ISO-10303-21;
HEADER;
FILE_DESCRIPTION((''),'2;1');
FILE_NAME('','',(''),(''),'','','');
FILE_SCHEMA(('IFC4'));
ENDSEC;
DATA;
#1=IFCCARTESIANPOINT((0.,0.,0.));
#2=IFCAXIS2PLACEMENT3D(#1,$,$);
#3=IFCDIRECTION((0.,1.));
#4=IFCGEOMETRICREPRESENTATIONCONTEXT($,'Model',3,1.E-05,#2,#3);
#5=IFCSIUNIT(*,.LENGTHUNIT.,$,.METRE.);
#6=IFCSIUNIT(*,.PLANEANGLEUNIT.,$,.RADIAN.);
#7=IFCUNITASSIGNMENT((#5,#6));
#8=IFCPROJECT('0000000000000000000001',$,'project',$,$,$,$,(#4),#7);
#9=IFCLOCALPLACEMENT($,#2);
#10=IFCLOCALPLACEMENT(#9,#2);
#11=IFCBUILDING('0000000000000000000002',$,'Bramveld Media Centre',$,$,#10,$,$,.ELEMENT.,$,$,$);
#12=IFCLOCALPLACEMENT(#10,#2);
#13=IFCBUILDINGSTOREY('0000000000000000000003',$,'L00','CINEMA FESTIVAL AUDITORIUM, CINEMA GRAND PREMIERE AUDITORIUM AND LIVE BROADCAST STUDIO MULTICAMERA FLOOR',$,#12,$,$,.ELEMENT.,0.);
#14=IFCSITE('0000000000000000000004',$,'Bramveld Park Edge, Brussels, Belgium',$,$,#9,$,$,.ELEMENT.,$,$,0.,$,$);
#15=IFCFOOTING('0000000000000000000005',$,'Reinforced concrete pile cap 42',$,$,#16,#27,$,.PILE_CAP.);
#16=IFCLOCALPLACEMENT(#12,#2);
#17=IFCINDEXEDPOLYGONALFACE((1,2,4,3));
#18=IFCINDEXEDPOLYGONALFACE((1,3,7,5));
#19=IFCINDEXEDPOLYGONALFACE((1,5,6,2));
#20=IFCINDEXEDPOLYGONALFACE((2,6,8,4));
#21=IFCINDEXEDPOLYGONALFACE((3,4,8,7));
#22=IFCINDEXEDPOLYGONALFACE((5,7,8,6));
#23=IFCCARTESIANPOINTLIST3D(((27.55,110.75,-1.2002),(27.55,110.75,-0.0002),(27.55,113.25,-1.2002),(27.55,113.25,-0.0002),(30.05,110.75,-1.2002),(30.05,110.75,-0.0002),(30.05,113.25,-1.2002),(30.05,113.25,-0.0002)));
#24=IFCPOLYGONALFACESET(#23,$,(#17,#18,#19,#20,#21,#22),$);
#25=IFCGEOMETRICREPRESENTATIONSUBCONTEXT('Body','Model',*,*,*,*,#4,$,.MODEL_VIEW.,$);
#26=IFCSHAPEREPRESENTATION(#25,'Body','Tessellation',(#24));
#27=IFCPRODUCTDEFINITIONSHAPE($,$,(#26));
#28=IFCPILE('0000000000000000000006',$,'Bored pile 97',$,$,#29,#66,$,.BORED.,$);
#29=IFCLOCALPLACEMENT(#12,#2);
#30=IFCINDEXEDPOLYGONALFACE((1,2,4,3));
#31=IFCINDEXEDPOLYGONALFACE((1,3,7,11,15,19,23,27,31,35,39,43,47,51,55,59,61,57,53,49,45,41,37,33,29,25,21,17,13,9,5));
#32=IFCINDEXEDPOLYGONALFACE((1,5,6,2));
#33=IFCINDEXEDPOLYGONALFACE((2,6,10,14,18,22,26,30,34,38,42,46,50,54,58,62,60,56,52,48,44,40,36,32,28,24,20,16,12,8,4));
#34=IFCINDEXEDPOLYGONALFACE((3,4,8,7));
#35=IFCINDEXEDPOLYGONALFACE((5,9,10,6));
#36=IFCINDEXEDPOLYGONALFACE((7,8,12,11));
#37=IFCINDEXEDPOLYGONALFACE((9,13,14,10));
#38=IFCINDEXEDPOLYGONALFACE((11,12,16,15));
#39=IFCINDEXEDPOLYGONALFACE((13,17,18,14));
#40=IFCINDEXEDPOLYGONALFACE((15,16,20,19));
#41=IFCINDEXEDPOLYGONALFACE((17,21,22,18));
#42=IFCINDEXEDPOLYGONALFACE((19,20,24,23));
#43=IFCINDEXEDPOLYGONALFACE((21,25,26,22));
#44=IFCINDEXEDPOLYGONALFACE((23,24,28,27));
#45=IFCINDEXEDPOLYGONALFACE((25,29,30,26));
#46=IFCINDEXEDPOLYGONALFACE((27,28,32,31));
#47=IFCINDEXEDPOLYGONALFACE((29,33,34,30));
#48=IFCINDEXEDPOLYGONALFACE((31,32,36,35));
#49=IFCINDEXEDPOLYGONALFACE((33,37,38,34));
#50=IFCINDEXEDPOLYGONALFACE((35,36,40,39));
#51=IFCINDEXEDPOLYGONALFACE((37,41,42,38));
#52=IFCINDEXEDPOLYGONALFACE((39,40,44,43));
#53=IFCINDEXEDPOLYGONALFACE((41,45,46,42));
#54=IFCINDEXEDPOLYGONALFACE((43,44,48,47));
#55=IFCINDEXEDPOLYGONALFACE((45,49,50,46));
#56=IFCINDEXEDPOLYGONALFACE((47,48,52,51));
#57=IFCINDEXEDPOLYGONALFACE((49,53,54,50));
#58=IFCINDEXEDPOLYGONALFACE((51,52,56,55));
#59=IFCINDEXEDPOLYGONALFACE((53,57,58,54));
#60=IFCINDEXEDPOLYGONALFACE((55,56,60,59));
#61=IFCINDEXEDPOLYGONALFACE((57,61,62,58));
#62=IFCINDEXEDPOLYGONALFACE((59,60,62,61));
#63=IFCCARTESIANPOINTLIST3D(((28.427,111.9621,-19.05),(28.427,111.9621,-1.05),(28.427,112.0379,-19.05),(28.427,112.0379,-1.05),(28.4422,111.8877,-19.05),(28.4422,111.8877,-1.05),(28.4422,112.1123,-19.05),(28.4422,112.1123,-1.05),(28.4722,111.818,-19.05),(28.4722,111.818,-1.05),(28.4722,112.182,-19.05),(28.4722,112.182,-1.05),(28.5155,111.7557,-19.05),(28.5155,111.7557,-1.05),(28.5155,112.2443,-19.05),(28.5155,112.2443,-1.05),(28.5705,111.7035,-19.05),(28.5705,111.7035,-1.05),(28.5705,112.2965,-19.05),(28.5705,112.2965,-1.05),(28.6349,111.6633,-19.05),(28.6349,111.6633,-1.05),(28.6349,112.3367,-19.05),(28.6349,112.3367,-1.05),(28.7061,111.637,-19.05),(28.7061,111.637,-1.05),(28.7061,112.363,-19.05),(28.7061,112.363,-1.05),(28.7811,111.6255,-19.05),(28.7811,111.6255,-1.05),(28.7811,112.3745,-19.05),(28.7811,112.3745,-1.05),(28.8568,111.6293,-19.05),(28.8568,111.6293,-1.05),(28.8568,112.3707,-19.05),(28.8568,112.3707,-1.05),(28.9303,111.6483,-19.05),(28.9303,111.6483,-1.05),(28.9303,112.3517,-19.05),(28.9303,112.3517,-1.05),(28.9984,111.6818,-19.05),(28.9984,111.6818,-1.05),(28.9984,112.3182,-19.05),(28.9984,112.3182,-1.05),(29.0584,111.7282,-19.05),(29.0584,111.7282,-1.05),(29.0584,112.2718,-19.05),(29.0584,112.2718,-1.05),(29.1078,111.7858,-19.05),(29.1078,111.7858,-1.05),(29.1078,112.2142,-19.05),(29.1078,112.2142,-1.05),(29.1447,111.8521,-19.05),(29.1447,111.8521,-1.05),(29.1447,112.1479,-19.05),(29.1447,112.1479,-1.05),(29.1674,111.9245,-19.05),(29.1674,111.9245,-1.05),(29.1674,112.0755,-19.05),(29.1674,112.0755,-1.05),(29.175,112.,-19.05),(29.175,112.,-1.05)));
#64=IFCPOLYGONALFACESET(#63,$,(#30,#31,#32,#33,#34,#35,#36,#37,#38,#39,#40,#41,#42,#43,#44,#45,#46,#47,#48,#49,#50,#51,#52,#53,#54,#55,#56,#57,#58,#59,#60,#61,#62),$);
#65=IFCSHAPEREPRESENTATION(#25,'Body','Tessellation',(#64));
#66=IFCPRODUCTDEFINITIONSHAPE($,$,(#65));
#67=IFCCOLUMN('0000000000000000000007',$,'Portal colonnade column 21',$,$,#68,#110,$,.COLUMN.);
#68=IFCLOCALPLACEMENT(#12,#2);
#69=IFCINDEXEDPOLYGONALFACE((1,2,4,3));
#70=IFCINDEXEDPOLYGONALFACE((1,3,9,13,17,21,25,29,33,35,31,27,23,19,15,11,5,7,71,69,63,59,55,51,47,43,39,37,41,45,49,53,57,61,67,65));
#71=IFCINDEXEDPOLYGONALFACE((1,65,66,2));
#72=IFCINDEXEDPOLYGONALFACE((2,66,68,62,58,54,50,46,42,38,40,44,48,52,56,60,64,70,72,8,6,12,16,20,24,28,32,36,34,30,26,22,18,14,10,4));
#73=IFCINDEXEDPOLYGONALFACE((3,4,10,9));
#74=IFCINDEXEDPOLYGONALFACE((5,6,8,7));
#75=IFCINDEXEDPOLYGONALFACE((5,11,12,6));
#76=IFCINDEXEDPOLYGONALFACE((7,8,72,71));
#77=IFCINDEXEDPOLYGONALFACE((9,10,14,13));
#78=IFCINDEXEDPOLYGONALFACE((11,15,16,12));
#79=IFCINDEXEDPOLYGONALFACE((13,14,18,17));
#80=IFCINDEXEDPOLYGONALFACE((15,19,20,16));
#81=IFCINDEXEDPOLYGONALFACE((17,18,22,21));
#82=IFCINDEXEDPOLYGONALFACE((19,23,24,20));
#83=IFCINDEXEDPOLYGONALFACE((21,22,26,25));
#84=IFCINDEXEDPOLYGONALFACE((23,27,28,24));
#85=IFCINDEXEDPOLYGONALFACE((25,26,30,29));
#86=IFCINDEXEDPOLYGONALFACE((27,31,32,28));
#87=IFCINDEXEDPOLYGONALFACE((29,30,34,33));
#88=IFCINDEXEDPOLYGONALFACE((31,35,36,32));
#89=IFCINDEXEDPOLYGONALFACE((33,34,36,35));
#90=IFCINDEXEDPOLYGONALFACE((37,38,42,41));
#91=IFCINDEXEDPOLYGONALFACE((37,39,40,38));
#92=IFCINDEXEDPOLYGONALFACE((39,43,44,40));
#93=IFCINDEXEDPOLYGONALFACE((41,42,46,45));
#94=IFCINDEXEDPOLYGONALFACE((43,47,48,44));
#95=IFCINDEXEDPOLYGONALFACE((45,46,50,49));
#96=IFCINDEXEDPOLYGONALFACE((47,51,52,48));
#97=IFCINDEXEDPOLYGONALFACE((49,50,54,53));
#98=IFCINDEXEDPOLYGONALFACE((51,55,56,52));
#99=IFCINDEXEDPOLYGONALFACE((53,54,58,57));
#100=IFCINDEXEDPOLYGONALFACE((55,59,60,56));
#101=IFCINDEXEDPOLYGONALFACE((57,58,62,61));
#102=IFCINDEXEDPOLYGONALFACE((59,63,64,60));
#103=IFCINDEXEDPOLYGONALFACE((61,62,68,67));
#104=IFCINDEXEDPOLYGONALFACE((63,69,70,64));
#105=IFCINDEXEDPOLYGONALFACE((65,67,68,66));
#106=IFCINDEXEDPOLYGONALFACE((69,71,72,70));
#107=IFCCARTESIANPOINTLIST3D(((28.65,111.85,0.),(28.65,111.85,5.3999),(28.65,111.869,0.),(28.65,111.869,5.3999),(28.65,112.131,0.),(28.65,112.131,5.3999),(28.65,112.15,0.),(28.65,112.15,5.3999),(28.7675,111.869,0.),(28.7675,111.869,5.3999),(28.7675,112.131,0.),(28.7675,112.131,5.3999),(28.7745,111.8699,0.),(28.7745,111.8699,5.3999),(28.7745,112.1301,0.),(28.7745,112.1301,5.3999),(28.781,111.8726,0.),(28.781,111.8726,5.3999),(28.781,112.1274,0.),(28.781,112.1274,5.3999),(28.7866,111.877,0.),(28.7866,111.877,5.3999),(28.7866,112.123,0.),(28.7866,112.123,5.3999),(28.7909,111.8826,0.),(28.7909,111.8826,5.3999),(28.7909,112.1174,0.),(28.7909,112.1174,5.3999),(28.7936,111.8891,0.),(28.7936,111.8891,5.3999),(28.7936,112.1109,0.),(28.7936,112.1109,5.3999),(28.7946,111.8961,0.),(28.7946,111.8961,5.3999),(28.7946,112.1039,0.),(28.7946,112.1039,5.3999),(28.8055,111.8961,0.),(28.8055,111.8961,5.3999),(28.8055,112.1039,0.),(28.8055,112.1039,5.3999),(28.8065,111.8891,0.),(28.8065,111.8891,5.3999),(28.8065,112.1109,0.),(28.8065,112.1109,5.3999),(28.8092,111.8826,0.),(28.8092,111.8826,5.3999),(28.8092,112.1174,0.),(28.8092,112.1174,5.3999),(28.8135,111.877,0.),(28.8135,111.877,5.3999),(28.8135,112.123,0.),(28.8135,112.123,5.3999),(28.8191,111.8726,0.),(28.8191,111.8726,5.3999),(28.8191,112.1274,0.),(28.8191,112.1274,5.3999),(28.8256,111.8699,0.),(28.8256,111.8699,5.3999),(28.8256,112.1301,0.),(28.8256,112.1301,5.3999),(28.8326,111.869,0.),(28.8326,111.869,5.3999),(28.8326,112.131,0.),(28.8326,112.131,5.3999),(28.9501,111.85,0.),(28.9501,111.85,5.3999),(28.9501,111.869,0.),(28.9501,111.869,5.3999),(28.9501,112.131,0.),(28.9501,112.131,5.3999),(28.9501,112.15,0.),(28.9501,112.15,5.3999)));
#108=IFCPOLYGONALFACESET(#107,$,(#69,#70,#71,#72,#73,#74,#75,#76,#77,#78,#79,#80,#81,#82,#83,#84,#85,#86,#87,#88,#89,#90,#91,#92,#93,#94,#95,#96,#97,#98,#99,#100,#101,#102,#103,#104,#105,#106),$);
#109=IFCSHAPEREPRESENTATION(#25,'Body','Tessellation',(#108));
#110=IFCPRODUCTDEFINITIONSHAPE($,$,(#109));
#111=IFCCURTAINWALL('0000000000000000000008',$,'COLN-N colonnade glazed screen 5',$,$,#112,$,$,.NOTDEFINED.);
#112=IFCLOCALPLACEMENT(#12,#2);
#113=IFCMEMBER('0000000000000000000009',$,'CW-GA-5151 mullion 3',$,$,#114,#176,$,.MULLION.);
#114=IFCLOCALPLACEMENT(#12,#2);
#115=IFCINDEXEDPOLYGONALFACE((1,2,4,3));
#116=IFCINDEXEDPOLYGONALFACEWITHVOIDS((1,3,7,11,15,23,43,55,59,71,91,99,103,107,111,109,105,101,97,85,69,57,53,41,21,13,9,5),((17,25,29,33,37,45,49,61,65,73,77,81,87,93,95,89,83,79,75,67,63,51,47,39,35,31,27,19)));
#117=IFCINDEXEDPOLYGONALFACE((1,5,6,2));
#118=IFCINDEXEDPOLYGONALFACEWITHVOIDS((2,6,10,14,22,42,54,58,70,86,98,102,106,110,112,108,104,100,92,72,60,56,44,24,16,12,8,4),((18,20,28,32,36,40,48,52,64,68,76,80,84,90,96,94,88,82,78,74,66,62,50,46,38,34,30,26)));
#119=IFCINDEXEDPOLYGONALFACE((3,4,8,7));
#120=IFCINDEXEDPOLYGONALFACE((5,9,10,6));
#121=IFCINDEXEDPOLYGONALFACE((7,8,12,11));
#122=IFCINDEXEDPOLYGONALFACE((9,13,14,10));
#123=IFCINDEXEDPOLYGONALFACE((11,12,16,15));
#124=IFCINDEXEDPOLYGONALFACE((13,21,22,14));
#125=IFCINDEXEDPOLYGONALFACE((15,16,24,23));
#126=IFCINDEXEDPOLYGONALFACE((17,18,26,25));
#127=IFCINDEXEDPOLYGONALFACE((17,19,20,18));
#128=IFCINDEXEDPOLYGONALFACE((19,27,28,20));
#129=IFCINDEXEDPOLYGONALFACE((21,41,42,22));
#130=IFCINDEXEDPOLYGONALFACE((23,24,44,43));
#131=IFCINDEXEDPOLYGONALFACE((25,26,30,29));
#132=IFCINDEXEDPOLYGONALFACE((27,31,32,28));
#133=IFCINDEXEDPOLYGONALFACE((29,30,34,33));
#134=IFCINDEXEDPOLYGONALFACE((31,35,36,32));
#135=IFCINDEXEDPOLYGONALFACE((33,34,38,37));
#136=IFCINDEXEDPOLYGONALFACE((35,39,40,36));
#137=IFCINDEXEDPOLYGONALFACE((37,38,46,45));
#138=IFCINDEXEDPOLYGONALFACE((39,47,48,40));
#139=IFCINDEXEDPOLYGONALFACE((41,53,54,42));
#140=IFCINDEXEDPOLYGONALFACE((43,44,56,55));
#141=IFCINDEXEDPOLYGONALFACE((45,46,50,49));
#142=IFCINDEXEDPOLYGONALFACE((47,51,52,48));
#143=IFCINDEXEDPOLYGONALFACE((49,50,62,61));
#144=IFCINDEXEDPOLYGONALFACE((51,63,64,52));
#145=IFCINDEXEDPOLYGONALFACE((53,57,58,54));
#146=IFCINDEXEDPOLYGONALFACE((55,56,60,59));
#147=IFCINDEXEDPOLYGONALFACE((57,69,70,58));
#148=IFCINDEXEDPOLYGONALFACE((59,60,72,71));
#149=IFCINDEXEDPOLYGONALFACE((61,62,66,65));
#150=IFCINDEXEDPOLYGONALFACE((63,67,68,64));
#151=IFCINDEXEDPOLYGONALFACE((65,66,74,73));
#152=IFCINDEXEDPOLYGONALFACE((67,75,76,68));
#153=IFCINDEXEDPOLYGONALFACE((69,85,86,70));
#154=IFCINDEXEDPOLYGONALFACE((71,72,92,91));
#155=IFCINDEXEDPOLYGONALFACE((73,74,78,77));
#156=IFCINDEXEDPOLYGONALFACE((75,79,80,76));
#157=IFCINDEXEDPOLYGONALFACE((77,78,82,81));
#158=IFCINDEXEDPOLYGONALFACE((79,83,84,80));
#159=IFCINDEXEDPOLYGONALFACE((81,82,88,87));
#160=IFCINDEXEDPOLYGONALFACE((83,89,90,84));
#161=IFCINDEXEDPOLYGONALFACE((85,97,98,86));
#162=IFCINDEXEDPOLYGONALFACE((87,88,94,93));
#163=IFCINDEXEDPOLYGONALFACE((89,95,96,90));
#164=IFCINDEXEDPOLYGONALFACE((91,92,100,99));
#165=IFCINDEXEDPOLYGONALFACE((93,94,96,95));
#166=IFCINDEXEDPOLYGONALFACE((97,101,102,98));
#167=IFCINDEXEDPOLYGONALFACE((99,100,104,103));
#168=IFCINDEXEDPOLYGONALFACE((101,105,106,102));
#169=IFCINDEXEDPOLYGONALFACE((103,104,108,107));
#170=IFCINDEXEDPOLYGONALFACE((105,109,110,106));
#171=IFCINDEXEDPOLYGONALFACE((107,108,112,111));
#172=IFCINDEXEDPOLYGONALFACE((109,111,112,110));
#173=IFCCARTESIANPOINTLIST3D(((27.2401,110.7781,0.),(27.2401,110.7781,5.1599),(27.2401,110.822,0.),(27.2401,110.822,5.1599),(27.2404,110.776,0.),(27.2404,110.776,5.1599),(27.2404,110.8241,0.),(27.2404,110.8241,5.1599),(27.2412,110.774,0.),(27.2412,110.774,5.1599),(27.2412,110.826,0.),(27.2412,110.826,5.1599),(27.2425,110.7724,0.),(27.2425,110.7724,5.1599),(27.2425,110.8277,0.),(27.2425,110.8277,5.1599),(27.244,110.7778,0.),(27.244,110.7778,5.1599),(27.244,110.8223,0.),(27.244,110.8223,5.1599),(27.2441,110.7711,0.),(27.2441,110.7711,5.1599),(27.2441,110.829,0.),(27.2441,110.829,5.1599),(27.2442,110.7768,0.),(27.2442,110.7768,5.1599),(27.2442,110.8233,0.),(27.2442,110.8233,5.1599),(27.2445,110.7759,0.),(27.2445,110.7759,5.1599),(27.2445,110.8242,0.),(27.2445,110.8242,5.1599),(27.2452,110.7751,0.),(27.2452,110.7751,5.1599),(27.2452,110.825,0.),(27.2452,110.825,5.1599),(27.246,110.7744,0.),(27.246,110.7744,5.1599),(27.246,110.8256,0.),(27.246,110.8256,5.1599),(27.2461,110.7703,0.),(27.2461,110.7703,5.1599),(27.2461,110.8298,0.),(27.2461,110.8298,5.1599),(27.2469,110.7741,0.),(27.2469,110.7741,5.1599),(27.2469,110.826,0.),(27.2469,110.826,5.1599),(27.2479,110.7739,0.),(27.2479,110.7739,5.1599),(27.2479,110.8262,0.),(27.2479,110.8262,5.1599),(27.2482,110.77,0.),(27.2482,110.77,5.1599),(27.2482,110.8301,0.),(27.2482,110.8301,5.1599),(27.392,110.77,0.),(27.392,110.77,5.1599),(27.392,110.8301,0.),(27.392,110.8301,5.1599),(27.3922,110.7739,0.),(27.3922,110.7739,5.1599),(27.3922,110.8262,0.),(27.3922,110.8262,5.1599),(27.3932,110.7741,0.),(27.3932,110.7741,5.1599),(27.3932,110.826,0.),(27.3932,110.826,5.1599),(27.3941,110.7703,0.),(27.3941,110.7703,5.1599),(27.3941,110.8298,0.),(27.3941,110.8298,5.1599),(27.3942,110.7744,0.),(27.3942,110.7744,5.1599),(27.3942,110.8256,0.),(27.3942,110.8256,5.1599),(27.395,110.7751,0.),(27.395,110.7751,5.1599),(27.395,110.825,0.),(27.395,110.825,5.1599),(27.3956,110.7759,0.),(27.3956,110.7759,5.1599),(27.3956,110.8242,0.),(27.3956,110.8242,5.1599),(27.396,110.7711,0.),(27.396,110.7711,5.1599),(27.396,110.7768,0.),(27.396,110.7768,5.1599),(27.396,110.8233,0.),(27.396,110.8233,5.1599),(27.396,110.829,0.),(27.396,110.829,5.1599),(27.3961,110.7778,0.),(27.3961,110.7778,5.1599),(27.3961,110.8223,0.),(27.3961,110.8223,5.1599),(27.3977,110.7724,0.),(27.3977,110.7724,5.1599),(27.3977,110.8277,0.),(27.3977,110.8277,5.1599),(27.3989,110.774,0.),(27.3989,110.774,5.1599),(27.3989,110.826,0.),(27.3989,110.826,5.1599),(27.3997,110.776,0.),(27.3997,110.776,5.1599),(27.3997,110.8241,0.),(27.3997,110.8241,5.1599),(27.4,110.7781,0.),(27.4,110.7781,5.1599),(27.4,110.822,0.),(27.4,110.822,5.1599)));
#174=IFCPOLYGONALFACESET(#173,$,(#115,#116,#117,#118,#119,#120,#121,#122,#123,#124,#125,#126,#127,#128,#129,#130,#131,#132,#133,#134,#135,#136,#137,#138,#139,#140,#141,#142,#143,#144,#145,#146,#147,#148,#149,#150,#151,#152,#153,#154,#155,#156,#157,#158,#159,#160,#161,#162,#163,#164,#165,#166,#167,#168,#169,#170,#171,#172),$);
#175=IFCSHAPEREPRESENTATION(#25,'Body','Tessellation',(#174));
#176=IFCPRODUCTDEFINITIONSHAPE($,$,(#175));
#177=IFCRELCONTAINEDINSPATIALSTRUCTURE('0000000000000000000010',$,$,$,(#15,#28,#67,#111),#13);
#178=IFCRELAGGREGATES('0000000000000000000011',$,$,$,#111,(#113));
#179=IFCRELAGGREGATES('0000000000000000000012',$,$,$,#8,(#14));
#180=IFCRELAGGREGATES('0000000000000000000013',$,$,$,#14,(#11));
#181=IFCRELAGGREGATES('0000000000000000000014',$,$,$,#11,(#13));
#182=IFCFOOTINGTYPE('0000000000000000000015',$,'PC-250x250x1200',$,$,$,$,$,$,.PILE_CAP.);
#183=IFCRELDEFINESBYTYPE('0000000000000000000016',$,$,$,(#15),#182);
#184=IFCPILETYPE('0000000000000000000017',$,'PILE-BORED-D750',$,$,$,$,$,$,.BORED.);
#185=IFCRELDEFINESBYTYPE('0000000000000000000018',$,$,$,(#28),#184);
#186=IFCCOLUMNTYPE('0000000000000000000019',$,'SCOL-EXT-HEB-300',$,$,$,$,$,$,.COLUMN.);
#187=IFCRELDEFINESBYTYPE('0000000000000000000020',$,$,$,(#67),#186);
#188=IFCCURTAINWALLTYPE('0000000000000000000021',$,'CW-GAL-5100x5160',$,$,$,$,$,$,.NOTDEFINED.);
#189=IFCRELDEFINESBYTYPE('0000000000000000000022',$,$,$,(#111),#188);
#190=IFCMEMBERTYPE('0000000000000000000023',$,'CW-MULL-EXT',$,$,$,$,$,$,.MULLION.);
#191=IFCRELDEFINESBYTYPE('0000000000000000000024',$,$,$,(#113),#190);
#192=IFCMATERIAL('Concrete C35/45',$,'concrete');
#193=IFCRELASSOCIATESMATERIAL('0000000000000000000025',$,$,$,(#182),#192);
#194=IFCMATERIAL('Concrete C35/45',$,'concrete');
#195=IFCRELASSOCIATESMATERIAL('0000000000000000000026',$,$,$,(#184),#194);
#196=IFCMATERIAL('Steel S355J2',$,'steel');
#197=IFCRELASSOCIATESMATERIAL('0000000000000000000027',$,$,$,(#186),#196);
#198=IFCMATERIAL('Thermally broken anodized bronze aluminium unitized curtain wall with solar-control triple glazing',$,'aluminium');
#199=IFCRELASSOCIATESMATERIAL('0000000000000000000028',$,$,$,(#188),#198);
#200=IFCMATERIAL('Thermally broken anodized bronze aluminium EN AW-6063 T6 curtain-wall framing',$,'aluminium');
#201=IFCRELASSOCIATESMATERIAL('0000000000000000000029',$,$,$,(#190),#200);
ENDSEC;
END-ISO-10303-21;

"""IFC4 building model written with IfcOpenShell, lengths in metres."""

from ifc_helpers import new_model, si_unit, direction, frame, origin, origin_2d, place, context, subcontext, project, spatial, rectangle, hollow_rectangle, circle, i_section, extrude, material, material_profile, profile_set, type_object, element, aggregate, save


model = new_model("IFC4")

# Units and contexts
model_context = context("Model", 3, precision=1e-05, world=origin(), true_north=direction((0.0, 1.0)))
body_context = subcontext(model_context, "Body", "Model", "MODEL_VIEW")
ifc_project = project(units=[si_unit("LENGTHUNIT", "METRE"), si_unit("PLANEANGLEUNIT", "RADIAN")], contexts=[model_context])

# Site, building, storey
site_placement = place(None, origin())
site = spatial("IfcSite", under=ifc_project, at=site_placement, Name="Bramveld Park Edge, Brussels, Belgium", CompositionType="ELEMENT", RefElevation=0.0)
building_placement = place(site_placement, origin())
building = spatial("IfcBuilding", under=site, at=building_placement, Name="Bramveld Media Centre", CompositionType="ELEMENT")
storey_placement = place(building_placement, origin())
storey = spatial("IfcBuildingStorey", under=building, at=storey_placement, Name="L00", Description="CINEMA FESTIVAL AUDITORIUM, CINEMA GRAND PREMIERE AUDITORIUM AND LIVE BROADCAST STUDIO MULTICAMERA FLOOR", CompositionType="ELEMENT", Elevation=0.0)

# Footing
ifc_material_1 = material(Name="Concrete C35/45", Category="concrete")
footing_type = type_object("IfcFootingType", Name="PC-250x250x1200", PredefinedType="PILE_CAP", material=ifc_material_1)
footing_placement = place(storey_placement, frame((28.8, 112.0, -1.2002), z_axis=(0.0, 0.0, 1.0), x_axis=(1.0, 0.0, 0.0)))
element("IfcFooting", 1, at=footing_placement, inside=storey, type_object=footing_type, Name="Reinforced concrete pile cap 42", PredefinedType="PILE_CAP", context=body_context, shape_type="SweptSolid", body=[
    extrude(rectangle(XDim=2.5, YDim=2.5, at=origin_2d()), origin(), (0.0, 0.0, 1.0), 1.2),
])

# Pile
ifc_material_2 = material(Name="Concrete C35/45", Category="concrete")
ifc_material_profile_1 = material_profile(ifc_material_2, circle(Radius=0.375, at=origin_2d()), Name="BORED D750")
ifc_profile_set_1 = profile_set([ifc_material_profile_1], Name="Concrete C35/45")
pile_type = type_object("IfcPileType", Name="PILE-BORED-D750", PredefinedType="BORED", material=ifc_profile_set_1)
pile_placement = place(storey_placement, frame((28.8, 112.0, -1.05), z_axis=(0.0, 0.0, -1.0), x_axis=(1.0, 0.0, 0.0)))
element("IfcPile", 2, at=pile_placement, inside=storey, type_object=pile_type, Name="Bored pile 97", PredefinedType="BORED", context=body_context, shape_type="SweptSolid", body=[
    extrude(circle(Radius=0.375, at=origin_2d()), origin(), (0.0, 0.0, 1.0), 18.0),
])

# Column
ifc_material_3 = material(Name="Steel S355J2", Category="steel")
ifc_material_profile_2 = material_profile(ifc_material_3, i_section(OverallWidth=0.3, OverallDepth=0.3, WebThickness=0.011, FlangeThickness=0.019, FilletRadius=0.0271, at=origin_2d()), Name="HEB 300")
ifc_profile_set_2 = profile_set([ifc_material_profile_2], Name="Steel S355J2")
column_type = type_object("IfcColumnType", Name="SCOL-EXT-HEB-300", PredefinedType="COLUMN", material=ifc_profile_set_2)
column_placement = place(storey_placement, frame((28.8, 112.0, 0.0), z_axis=(0.0, 0.0, 1.0), x_axis=(1.0, 0.0, 0.0)))
element("IfcColumn", 3, at=column_placement, inside=storey, type_object=column_type, Name="Portal colonnade column 21", PredefinedType="COLUMN", context=body_context, shape_type="SweptSolid", body=[
    extrude(i_section(OverallWidth=0.3, OverallDepth=0.3, WebThickness=0.011, FlangeThickness=0.019, FilletRadius=0.0271, at=origin_2d()), origin(), (0.0, 0.0, 1.0), 5.3999),
])

# Curtain wall, member
ifc_material_4 = material(Name="Thermally broken anodized bronze aluminium unitized curtain wall with solar-control triple glazing", Category="aluminium")
curtain_wall_type_1 = type_object("IfcCurtainWallType", Name="CW-GAL-5100x5160", PredefinedType="NOTDEFINED", material=ifc_material_4)
curtain_wall_1_placement = place(storey_placement, origin())
curtain_wall_1 = element("IfcCurtainWall", 4, at=curtain_wall_1_placement, inside=storey, type_object=curtain_wall_type_1, Name="COLN-N colonnade glazed screen 5", PredefinedType="NOTDEFINED")
ifc_material_5 = material(Name="Thermally broken anodized bronze aluminium EN AW-6063 T6 curtain-wall framing", Category="aluminium")
ifc_material_profile_3 = material_profile(ifc_material_5, hollow_rectangle(XDim=0.0601, YDim=0.1599, WallThickness=0.0039, InnerFilletRadius=0.0039, OuterFilletRadius=0.0081, at=origin_2d()), Name="AL-MULL 60x160")
ifc_profile_set_3 = profile_set([ifc_material_profile_3], Name="Thermally broken anodized bronze aluminium EN AW-6063 T6 curtain-wall framing")
member_type_1 = type_object("IfcMemberType", Name="CW-MULL-EXT", PredefinedType="MULLION", material=ifc_profile_set_3)
member_1_placement = place(storey_placement, frame((27.3201, 110.8, 0.0), z_axis=(0.0, 0.0, 1.0), x_axis=(0.0, 1.0, 0.0)))
member_1 = element("IfcMember", 5, at=member_1_placement, type_object=member_type_1, Name="CW-GA-5151 mullion 3", PredefinedType="MULLION", context=body_context, shape_type="SweptSolid", body=[
    extrude(hollow_rectangle(XDim=0.0601, YDim=0.1599, WallThickness=0.0039, InnerFilletRadius=0.0039, OuterFilletRadius=0.0081, at=origin_2d()), origin(), (0.0, 0.0, 1.0), 5.1599),
])

aggregate(curtain_wall_1, [member_1])

save(model, "model.ifc")
